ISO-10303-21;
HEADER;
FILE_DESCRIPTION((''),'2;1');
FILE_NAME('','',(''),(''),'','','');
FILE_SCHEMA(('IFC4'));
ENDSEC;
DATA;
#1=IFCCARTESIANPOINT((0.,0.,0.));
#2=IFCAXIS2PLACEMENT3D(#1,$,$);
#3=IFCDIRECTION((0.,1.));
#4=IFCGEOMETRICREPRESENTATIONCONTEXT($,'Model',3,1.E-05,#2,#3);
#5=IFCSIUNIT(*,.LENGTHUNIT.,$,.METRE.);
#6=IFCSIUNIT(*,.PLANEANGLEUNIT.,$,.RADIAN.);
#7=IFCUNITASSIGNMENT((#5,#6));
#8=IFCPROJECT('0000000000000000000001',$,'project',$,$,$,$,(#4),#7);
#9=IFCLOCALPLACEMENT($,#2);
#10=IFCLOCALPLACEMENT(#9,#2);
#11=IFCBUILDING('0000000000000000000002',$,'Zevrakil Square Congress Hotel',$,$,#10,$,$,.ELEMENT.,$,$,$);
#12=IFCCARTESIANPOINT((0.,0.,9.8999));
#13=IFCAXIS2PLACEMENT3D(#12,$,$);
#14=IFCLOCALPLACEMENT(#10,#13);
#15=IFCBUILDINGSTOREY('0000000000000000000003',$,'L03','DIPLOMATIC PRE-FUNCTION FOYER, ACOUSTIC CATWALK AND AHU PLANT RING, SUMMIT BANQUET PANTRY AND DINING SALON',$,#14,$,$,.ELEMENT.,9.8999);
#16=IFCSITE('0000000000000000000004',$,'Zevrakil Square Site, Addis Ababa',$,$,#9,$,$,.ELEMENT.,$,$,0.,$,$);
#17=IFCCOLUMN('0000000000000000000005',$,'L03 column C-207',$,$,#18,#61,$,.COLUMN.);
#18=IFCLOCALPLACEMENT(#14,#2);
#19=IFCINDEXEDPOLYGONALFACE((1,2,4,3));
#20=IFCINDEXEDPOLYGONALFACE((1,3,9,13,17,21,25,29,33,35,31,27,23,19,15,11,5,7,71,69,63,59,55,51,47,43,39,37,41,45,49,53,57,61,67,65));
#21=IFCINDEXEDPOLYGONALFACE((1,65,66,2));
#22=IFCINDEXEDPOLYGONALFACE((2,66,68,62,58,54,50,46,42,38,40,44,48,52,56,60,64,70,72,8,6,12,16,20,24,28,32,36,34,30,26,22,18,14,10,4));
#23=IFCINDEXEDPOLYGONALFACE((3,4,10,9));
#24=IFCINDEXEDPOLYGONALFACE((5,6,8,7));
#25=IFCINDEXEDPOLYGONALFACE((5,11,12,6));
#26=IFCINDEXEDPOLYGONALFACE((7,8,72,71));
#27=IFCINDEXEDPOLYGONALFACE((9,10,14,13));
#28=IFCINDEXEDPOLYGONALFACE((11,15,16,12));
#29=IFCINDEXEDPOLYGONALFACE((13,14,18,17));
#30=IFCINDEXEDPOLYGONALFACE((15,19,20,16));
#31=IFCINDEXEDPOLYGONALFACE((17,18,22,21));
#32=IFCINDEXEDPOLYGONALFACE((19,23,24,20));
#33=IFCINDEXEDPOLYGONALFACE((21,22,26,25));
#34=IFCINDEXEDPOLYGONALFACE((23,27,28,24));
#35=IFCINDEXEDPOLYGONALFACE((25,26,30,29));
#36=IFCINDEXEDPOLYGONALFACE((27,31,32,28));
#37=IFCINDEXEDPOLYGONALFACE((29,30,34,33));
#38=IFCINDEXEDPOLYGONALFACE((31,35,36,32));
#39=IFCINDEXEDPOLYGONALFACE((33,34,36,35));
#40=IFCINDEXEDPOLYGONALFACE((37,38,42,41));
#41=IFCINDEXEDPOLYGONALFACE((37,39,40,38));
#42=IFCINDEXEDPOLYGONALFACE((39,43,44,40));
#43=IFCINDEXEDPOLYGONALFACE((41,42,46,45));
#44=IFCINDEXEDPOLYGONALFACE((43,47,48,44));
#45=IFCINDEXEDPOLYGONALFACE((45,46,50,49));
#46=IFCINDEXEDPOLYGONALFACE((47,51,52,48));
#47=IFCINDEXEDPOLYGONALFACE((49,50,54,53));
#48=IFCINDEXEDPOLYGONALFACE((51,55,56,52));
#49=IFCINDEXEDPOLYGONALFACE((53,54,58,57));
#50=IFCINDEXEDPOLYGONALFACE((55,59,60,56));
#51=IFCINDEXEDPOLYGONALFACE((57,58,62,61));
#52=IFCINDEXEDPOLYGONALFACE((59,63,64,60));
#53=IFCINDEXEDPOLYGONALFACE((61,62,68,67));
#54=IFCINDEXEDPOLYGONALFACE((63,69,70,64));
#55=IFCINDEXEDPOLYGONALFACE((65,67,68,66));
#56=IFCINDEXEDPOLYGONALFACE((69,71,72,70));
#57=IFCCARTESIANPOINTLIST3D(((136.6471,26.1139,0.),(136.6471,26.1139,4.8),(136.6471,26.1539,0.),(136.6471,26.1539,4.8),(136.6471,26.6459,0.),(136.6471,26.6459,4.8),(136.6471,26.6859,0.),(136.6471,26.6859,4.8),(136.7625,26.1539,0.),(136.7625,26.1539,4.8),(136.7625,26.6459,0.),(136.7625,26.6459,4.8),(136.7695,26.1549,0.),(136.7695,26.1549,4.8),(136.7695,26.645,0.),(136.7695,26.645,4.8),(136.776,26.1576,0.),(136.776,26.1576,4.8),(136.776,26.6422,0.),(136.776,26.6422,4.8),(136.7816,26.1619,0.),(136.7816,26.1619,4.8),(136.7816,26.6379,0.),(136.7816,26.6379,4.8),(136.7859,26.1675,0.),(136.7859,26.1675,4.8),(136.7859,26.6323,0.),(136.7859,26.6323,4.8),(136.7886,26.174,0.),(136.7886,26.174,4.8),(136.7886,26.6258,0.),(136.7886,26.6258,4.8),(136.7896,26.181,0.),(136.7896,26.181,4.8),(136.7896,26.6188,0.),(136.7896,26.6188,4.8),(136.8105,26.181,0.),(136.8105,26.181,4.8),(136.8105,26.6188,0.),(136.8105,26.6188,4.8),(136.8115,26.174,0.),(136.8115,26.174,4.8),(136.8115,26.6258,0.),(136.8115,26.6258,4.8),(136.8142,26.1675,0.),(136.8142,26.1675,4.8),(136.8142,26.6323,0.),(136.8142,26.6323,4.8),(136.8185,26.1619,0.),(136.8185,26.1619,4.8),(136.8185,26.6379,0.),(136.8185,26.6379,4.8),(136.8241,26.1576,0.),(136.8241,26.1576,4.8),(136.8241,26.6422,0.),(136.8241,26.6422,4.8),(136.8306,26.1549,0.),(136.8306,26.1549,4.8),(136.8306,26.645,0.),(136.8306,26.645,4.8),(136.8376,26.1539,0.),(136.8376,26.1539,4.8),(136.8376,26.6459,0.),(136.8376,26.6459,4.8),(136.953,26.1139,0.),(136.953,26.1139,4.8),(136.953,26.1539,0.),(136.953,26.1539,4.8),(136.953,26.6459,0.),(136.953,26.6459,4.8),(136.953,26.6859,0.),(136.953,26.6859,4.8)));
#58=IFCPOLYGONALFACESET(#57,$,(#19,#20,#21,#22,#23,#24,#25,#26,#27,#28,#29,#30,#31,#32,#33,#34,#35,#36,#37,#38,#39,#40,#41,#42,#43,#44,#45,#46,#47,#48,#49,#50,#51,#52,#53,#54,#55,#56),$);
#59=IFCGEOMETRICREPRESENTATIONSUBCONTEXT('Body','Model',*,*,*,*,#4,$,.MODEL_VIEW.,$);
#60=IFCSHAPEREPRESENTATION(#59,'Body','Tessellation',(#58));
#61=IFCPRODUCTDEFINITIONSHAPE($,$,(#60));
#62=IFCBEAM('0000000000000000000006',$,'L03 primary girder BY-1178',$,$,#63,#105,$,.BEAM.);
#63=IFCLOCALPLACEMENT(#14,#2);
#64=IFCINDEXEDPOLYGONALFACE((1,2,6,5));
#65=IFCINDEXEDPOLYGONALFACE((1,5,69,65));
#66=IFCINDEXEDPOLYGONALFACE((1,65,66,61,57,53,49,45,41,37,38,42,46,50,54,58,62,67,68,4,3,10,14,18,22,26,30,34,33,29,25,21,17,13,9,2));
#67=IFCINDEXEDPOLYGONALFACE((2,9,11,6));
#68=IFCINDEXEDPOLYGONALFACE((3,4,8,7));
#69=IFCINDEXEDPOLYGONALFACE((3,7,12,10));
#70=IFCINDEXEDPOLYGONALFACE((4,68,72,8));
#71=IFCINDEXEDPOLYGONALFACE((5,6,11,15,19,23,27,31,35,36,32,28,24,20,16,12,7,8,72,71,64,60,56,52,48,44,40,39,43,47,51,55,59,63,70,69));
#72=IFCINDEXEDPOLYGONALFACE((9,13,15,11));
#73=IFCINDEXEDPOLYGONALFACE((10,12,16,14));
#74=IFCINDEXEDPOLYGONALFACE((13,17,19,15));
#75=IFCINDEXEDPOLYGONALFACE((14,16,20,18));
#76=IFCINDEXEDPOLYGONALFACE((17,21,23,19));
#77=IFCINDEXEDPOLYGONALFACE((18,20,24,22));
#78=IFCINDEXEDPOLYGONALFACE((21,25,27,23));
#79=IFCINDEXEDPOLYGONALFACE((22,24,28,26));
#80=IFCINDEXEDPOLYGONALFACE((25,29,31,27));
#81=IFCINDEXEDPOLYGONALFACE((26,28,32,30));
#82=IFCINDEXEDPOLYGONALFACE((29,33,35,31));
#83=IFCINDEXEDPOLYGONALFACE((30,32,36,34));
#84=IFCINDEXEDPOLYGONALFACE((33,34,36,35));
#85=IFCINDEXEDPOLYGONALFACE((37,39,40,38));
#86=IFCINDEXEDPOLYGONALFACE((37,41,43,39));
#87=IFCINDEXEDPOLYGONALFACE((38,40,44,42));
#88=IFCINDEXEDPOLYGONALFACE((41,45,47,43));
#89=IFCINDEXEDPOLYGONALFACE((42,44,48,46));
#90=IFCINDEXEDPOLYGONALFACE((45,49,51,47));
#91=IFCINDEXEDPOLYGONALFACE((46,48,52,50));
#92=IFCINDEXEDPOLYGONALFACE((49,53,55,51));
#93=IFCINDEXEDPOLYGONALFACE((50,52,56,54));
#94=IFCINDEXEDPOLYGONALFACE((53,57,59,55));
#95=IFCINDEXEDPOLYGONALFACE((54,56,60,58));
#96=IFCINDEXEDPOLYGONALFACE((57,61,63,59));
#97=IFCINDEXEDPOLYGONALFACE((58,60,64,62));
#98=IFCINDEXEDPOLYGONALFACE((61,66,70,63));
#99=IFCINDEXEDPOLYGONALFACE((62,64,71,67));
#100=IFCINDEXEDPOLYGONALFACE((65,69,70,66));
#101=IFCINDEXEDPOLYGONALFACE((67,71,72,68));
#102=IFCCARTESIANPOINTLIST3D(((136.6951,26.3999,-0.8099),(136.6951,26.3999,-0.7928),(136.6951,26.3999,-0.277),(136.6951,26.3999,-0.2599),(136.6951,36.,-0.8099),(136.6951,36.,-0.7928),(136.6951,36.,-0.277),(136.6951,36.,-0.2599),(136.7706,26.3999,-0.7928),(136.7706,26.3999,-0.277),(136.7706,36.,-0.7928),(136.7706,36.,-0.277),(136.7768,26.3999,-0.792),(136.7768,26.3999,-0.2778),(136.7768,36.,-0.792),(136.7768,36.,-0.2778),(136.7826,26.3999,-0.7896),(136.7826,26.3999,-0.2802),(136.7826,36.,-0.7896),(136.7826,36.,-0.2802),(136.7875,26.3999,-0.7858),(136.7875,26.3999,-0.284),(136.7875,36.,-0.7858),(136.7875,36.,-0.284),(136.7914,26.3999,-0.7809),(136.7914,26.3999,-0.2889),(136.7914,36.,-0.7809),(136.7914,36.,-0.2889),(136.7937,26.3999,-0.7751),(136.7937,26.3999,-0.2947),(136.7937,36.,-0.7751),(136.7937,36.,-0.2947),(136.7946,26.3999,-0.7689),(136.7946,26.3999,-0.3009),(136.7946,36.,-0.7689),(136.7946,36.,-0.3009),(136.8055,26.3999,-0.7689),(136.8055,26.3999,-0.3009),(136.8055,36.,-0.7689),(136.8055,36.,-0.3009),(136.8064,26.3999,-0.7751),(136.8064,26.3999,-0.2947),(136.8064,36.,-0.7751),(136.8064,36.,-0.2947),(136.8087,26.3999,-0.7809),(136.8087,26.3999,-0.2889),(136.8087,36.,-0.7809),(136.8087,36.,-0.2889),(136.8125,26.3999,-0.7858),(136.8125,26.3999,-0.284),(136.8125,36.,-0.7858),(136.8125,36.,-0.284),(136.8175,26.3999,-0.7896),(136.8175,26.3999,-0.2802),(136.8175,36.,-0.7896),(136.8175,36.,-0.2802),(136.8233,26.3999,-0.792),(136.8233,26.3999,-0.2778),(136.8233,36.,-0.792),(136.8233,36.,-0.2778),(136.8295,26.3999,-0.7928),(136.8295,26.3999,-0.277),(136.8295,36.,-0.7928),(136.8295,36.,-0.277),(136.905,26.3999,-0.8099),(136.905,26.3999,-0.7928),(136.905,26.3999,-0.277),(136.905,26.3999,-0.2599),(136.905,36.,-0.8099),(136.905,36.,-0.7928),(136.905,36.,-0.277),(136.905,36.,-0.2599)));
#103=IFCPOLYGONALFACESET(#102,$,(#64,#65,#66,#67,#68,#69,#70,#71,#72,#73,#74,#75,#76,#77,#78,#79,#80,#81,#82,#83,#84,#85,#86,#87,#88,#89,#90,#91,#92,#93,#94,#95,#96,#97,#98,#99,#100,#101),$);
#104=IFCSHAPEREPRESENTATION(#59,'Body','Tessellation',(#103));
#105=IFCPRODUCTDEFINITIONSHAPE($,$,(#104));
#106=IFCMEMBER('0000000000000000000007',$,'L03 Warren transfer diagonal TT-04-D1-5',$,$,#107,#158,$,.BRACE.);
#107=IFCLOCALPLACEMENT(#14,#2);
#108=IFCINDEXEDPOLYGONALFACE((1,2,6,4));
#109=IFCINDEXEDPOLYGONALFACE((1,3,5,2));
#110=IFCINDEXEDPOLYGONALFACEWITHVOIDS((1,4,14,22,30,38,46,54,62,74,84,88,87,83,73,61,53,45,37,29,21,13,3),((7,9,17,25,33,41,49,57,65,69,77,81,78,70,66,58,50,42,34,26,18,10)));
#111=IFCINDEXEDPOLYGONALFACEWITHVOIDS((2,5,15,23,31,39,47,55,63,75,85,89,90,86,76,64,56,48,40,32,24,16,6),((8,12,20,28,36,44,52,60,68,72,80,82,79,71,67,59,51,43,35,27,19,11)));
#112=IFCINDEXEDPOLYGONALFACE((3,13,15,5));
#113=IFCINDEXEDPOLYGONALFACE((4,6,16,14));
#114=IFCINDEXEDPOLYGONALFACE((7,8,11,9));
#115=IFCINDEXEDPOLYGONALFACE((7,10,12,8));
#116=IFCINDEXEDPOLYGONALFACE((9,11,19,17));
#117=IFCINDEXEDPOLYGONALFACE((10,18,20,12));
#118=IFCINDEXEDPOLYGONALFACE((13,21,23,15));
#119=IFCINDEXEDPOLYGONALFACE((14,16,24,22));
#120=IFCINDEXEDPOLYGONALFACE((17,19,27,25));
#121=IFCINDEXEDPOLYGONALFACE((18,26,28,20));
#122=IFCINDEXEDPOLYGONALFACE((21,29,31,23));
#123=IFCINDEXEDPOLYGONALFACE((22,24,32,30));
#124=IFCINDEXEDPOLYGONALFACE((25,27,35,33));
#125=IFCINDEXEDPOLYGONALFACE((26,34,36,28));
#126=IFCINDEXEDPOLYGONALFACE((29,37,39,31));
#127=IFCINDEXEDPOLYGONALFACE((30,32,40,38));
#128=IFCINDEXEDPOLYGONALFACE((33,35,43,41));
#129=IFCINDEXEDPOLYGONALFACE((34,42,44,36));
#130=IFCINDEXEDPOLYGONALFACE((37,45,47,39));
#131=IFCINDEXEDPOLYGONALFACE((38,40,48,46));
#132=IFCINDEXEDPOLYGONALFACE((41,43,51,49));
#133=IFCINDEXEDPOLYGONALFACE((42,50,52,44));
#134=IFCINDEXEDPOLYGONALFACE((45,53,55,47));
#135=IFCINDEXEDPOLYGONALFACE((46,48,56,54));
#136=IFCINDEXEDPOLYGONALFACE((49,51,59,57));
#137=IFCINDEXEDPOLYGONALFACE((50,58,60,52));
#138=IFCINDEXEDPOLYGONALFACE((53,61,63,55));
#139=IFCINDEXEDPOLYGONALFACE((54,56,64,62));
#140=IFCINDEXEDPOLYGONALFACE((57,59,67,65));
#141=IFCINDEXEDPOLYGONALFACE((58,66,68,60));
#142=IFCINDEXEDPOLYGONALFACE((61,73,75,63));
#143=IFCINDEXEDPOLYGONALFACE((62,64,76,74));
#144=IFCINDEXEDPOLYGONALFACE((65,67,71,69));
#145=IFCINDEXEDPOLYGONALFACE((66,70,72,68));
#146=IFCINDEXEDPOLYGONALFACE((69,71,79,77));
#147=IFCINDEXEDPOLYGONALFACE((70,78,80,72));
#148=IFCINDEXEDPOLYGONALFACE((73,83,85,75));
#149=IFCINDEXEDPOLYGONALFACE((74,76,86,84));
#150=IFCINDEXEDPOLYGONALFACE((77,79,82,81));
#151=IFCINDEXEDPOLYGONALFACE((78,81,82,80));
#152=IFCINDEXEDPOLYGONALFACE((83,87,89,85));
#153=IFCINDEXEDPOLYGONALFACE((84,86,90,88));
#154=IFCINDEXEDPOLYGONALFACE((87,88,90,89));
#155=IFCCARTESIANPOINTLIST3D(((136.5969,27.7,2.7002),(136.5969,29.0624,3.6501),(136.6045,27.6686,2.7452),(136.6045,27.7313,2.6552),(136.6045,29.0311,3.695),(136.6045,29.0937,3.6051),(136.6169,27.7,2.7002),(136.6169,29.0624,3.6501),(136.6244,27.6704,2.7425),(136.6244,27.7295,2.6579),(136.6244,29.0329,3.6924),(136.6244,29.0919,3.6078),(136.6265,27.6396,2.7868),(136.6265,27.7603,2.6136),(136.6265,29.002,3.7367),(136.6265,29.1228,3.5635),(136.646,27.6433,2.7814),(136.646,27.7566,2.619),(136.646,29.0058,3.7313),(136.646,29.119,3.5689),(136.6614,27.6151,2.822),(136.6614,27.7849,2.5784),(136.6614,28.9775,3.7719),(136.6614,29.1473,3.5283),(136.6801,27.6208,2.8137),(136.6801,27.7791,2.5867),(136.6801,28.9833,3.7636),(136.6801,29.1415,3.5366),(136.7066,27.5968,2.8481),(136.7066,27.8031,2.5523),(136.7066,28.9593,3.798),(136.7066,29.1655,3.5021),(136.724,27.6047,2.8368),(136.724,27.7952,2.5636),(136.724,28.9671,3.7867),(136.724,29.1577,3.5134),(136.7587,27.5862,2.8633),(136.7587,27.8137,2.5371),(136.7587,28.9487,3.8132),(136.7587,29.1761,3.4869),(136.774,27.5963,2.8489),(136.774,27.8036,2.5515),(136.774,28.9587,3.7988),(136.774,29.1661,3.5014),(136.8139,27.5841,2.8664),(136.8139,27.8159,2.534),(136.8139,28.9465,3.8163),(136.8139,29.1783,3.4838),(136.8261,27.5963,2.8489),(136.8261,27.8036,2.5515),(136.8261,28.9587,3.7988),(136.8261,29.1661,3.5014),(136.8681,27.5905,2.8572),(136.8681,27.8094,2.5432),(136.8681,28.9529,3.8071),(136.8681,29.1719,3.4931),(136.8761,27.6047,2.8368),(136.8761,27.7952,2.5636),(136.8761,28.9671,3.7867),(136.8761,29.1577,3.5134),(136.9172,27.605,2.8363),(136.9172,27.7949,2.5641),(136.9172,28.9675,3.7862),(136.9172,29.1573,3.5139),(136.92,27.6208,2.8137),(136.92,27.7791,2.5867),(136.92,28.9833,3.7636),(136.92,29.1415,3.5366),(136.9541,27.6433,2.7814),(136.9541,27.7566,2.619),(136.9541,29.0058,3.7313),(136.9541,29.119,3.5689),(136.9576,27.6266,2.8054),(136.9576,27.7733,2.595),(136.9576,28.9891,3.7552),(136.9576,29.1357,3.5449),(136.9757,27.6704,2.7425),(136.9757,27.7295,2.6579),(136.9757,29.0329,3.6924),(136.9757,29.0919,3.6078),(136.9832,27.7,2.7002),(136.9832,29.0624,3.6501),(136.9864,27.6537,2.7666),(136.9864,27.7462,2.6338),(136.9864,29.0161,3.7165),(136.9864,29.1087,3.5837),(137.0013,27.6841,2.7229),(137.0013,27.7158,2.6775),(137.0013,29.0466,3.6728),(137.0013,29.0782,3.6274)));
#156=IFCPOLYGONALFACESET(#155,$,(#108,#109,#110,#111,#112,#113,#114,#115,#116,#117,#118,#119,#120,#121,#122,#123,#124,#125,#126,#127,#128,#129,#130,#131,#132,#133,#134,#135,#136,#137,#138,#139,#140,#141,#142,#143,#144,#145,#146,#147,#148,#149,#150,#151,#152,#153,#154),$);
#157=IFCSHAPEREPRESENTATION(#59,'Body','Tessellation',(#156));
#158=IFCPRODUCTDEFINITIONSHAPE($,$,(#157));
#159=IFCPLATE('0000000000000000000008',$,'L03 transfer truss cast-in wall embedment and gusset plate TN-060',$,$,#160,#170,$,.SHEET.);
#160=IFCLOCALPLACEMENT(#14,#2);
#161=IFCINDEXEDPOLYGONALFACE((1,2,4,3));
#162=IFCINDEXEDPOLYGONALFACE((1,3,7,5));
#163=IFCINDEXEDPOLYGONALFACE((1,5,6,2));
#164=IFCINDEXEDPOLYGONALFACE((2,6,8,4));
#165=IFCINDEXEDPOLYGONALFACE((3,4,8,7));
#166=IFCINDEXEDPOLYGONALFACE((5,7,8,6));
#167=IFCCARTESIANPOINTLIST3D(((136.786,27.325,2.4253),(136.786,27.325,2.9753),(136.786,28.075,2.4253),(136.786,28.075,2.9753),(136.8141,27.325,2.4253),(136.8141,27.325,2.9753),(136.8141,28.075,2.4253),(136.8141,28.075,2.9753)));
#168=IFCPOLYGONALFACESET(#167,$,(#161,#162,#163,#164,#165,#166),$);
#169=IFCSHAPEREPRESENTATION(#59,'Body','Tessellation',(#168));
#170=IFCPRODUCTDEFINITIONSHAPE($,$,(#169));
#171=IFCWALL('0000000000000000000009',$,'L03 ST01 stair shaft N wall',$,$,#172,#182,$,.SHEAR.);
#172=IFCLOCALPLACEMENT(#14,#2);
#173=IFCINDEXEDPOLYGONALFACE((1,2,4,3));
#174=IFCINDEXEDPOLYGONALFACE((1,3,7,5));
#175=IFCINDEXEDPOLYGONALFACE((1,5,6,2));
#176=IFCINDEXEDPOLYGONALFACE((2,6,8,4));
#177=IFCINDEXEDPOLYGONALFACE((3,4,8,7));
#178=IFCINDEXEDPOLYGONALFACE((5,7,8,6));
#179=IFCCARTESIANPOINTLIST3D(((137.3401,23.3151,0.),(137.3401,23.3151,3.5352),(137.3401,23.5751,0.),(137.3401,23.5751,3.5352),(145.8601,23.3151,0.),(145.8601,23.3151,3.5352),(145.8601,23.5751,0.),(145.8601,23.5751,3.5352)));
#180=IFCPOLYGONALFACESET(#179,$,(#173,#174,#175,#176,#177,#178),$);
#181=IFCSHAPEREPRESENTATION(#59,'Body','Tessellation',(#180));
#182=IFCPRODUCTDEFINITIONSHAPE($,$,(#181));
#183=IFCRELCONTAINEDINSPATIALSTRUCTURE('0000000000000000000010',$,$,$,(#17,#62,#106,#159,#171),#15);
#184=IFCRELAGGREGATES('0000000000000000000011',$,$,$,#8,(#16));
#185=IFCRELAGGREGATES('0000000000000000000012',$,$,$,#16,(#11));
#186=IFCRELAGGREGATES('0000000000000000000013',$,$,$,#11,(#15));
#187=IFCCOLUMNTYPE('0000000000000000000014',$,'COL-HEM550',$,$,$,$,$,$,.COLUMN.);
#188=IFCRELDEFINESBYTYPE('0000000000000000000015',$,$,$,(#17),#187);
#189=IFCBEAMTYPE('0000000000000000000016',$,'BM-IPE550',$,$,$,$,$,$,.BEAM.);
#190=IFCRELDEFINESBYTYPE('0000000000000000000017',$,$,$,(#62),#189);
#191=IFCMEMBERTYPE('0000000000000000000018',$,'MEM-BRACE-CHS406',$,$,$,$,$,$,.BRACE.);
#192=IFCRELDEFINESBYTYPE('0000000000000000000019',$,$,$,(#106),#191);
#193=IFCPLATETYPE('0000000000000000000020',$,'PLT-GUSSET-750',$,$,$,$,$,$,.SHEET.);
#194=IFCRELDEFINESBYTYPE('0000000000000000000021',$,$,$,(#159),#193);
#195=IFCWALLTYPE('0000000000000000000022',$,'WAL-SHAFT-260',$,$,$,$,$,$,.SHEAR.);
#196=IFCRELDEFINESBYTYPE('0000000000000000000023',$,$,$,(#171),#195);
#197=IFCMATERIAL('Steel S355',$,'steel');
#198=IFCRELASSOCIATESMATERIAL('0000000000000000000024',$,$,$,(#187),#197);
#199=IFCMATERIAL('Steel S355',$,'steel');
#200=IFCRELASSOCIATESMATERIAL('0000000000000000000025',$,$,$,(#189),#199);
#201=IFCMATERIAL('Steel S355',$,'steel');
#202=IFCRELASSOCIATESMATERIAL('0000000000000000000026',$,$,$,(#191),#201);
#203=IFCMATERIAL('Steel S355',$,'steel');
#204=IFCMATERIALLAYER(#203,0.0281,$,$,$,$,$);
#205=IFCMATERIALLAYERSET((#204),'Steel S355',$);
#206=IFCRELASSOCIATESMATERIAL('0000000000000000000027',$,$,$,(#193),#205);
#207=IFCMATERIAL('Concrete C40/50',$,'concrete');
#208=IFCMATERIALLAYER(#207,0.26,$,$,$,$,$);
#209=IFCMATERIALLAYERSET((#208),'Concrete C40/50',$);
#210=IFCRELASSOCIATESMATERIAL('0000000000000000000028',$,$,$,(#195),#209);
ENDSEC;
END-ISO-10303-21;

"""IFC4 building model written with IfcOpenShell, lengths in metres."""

from ifc_helpers import new_model, si_unit, direction, frame, frame_2d, origin, origin_2d, place, context, subcontext, project, spatial, rectangle, hollow_circle, i_section, extrude, material, layer, layer_set, material_profile, profile_set, type_object, element, save


model = new_model("IFC4")

# Units and contexts
model_context = context("Model", 3, precision=1e-05, world=origin(), true_north=direction((0.0, 1.0)))
body_context = subcontext(model_context, "Body", "Model", "MODEL_VIEW")
ifc_project = project(units=[si_unit("LENGTHUNIT", "METRE"), si_unit("PLANEANGLEUNIT", "RADIAN")], contexts=[model_context])

# Site, building, storey
site_placement = place(None, origin())
site = spatial("IfcSite", under=ifc_project, at=site_placement, Name="Zevrakil Square Site, Addis Ababa", CompositionType="ELEMENT", RefElevation=0.0)
building_placement = place(site_placement, origin())
building = spatial("IfcBuilding", under=site, at=building_placement, Name="Zevrakil Square Congress Hotel", CompositionType="ELEMENT")
storey_placement = place(building_placement, frame((0.0, 0.0, 9.8999)))
storey = spatial("IfcBuildingStorey", under=building, at=storey_placement, Name="L03", Description="DIPLOMATIC PRE-FUNCTION FOYER, ACOUSTIC CATWALK AND AHU PLANT RING, SUMMIT BANQUET PANTRY AND DINING SALON", CompositionType="ELEMENT", Elevation=9.8999)

# Column
ifc_material_1 = material(Name="Steel S355", Category="steel")
ifc_material_profile_1 = material_profile(ifc_material_1, i_section(OverallWidth=0.3059, OverallDepth=0.572, WebThickness=0.021, FlangeThickness=0.04, FilletRadius=0.0271, at=origin_2d()), Name="HEM 550")
ifc_profile_set_1 = profile_set([ifc_material_profile_1], Name="Steel S355")
column_type = type_object("IfcColumnType", Name="COL-HEM550", PredefinedType="COLUMN", material=ifc_profile_set_1)
column_placement = place(storey_placement, frame((136.8, 26.3999, 0.0), z_axis=(0.0, 0.0, 1.0), x_axis=(1.0, 0.0, 0.0)))
element("IfcColumn", 1, at=column_placement, inside=storey, type_object=column_type, Name="L03 column C-207", PredefinedType="COLUMN", context=body_context, shape_type="SweptSolid", body=[
    extrude(i_section(OverallWidth=0.3059, OverallDepth=0.572, WebThickness=0.021, FlangeThickness=0.04, FilletRadius=0.0271, at=origin_2d()), origin(), (0.0, 0.0, 1.0), 4.8),
])

# Beam
ifc_material_2 = material(Name="Steel S355", Category="steel")
ifc_material_profile_2 = material_profile(ifc_material_2, i_section(OverallWidth=0.21, OverallDepth=0.55, WebThickness=0.011, FlangeThickness=0.0171, FilletRadius=0.0239, at=origin_2d()), Name="IPE 550")
ifc_profile_set_2 = profile_set([ifc_material_profile_2], Name="Steel S355")
beam_type = type_object("IfcBeamType", Name="BM-IPE550", PredefinedType="BEAM", material=ifc_profile_set_2)
beam_placement = place(storey_placement, frame((136.8, 26.3999, -0.5349), z_axis=(0.0, 1.0, 0.0), x_axis=(-1.0, 0.0, 0.0)))
element("IfcBeam", 2, at=beam_placement, inside=storey, type_object=beam_type, Name="L03 primary girder BY-1178", PredefinedType="BEAM", context=body_context, shape_type="SweptSolid", body=[
    extrude(i_section(OverallWidth=0.21, OverallDepth=0.55, WebThickness=0.011, FlangeThickness=0.0171, FilletRadius=0.0239, at=origin_2d()), origin(), (0.0, 0.0, 1.0), 9.6001),
])

# Member
ifc_material_3 = material(Name="Steel S355", Category="steel")
ifc_material_profile_3 = material_profile(ifc_material_3, hollow_circle(Radius=0.2031, WallThickness=0.02, at=origin_2d()), Name="CHS 406.4x20")
ifc_profile_set_3 = profile_set([ifc_material_profile_3], Name="Steel S355")
member_type = type_object("IfcMemberType", Name="MEM-BRACE-CHS406", PredefinedType="BRACE", material=ifc_profile_set_3)
member_placement = place(storey_placement, frame((136.8, 27.7, 2.7002), z_axis=(0.0, 0.820315, 0.571913), x_axis=(-1.0, 0.0, 0.0)))
element("IfcMember", 3, at=member_placement, inside=storey, type_object=member_type, Name="L03 Warren transfer diagonal TT-04-D1-5", PredefinedType="BRACE", context=body_context, shape_type="SweptSolid", body=[
    extrude(hollow_circle(Radius=0.2031, WallThickness=0.02, at=origin_2d()), origin(), (0.0, 0.0, 1.0), 1.6609),
])

# Plate
ifc_material_4 = material(Name="Steel S355", Category="steel")
ifc_layer_1 = layer(ifc_material_4, 0.0281)
ifc_layer_set_1 = layer_set([ifc_layer_1], Name="Steel S355")
plate_type = type_object("IfcPlateType", Name="PLT-GUSSET-750", PredefinedType="SHEET", material=ifc_layer_set_1)
plate_placement = place(storey_placement, frame((136.8, 27.7, 2.4253), z_axis=(0.0, 0.0, 1.0), x_axis=(0.0, 1.0, 0.0)))
element("IfcPlate", 4, at=plate_placement, inside=storey, type_object=plate_type, Name="L03 transfer truss cast-in wall embedment and gusset plate TN-060", PredefinedType="SHEET", context=body_context, shape_type="SweptSolid", body=[
    extrude(rectangle(XDim=0.75, YDim=0.0281, at=origin_2d()), origin(), (0.0, 0.0, 1.0), 0.55),
])

# Wall
ifc_material_5 = material(Name="Concrete C40/50", Category="concrete")
ifc_layer_2 = layer(ifc_material_5, 0.26)
ifc_layer_set_2 = layer_set([ifc_layer_2], Name="Concrete C40/50")
wall_type = type_object("IfcWallType", Name="WAL-SHAFT-260", PredefinedType="SHEAR", material=ifc_layer_set_2)
wall_1_placement = place(storey_placement, frame((137.3401, 23.4451, 0.0), z_axis=(0.0, 0.0, 1.0), x_axis=(1.0, 0.0, 0.0)))
element("IfcWall", 5, at=wall_1_placement, inside=storey, type_object=wall_type, Name="L03 ST01 stair shaft N wall", PredefinedType="SHEAR", context=body_context, shape_type="SweptSolid", body=[
    extrude(rectangle(XDim=8.52, YDim=0.26, at=frame_2d((4.26, 0.0))), origin(), (0.0, 0.0, 1.0), 3.5352),
])

save(model, "model.ifc")
